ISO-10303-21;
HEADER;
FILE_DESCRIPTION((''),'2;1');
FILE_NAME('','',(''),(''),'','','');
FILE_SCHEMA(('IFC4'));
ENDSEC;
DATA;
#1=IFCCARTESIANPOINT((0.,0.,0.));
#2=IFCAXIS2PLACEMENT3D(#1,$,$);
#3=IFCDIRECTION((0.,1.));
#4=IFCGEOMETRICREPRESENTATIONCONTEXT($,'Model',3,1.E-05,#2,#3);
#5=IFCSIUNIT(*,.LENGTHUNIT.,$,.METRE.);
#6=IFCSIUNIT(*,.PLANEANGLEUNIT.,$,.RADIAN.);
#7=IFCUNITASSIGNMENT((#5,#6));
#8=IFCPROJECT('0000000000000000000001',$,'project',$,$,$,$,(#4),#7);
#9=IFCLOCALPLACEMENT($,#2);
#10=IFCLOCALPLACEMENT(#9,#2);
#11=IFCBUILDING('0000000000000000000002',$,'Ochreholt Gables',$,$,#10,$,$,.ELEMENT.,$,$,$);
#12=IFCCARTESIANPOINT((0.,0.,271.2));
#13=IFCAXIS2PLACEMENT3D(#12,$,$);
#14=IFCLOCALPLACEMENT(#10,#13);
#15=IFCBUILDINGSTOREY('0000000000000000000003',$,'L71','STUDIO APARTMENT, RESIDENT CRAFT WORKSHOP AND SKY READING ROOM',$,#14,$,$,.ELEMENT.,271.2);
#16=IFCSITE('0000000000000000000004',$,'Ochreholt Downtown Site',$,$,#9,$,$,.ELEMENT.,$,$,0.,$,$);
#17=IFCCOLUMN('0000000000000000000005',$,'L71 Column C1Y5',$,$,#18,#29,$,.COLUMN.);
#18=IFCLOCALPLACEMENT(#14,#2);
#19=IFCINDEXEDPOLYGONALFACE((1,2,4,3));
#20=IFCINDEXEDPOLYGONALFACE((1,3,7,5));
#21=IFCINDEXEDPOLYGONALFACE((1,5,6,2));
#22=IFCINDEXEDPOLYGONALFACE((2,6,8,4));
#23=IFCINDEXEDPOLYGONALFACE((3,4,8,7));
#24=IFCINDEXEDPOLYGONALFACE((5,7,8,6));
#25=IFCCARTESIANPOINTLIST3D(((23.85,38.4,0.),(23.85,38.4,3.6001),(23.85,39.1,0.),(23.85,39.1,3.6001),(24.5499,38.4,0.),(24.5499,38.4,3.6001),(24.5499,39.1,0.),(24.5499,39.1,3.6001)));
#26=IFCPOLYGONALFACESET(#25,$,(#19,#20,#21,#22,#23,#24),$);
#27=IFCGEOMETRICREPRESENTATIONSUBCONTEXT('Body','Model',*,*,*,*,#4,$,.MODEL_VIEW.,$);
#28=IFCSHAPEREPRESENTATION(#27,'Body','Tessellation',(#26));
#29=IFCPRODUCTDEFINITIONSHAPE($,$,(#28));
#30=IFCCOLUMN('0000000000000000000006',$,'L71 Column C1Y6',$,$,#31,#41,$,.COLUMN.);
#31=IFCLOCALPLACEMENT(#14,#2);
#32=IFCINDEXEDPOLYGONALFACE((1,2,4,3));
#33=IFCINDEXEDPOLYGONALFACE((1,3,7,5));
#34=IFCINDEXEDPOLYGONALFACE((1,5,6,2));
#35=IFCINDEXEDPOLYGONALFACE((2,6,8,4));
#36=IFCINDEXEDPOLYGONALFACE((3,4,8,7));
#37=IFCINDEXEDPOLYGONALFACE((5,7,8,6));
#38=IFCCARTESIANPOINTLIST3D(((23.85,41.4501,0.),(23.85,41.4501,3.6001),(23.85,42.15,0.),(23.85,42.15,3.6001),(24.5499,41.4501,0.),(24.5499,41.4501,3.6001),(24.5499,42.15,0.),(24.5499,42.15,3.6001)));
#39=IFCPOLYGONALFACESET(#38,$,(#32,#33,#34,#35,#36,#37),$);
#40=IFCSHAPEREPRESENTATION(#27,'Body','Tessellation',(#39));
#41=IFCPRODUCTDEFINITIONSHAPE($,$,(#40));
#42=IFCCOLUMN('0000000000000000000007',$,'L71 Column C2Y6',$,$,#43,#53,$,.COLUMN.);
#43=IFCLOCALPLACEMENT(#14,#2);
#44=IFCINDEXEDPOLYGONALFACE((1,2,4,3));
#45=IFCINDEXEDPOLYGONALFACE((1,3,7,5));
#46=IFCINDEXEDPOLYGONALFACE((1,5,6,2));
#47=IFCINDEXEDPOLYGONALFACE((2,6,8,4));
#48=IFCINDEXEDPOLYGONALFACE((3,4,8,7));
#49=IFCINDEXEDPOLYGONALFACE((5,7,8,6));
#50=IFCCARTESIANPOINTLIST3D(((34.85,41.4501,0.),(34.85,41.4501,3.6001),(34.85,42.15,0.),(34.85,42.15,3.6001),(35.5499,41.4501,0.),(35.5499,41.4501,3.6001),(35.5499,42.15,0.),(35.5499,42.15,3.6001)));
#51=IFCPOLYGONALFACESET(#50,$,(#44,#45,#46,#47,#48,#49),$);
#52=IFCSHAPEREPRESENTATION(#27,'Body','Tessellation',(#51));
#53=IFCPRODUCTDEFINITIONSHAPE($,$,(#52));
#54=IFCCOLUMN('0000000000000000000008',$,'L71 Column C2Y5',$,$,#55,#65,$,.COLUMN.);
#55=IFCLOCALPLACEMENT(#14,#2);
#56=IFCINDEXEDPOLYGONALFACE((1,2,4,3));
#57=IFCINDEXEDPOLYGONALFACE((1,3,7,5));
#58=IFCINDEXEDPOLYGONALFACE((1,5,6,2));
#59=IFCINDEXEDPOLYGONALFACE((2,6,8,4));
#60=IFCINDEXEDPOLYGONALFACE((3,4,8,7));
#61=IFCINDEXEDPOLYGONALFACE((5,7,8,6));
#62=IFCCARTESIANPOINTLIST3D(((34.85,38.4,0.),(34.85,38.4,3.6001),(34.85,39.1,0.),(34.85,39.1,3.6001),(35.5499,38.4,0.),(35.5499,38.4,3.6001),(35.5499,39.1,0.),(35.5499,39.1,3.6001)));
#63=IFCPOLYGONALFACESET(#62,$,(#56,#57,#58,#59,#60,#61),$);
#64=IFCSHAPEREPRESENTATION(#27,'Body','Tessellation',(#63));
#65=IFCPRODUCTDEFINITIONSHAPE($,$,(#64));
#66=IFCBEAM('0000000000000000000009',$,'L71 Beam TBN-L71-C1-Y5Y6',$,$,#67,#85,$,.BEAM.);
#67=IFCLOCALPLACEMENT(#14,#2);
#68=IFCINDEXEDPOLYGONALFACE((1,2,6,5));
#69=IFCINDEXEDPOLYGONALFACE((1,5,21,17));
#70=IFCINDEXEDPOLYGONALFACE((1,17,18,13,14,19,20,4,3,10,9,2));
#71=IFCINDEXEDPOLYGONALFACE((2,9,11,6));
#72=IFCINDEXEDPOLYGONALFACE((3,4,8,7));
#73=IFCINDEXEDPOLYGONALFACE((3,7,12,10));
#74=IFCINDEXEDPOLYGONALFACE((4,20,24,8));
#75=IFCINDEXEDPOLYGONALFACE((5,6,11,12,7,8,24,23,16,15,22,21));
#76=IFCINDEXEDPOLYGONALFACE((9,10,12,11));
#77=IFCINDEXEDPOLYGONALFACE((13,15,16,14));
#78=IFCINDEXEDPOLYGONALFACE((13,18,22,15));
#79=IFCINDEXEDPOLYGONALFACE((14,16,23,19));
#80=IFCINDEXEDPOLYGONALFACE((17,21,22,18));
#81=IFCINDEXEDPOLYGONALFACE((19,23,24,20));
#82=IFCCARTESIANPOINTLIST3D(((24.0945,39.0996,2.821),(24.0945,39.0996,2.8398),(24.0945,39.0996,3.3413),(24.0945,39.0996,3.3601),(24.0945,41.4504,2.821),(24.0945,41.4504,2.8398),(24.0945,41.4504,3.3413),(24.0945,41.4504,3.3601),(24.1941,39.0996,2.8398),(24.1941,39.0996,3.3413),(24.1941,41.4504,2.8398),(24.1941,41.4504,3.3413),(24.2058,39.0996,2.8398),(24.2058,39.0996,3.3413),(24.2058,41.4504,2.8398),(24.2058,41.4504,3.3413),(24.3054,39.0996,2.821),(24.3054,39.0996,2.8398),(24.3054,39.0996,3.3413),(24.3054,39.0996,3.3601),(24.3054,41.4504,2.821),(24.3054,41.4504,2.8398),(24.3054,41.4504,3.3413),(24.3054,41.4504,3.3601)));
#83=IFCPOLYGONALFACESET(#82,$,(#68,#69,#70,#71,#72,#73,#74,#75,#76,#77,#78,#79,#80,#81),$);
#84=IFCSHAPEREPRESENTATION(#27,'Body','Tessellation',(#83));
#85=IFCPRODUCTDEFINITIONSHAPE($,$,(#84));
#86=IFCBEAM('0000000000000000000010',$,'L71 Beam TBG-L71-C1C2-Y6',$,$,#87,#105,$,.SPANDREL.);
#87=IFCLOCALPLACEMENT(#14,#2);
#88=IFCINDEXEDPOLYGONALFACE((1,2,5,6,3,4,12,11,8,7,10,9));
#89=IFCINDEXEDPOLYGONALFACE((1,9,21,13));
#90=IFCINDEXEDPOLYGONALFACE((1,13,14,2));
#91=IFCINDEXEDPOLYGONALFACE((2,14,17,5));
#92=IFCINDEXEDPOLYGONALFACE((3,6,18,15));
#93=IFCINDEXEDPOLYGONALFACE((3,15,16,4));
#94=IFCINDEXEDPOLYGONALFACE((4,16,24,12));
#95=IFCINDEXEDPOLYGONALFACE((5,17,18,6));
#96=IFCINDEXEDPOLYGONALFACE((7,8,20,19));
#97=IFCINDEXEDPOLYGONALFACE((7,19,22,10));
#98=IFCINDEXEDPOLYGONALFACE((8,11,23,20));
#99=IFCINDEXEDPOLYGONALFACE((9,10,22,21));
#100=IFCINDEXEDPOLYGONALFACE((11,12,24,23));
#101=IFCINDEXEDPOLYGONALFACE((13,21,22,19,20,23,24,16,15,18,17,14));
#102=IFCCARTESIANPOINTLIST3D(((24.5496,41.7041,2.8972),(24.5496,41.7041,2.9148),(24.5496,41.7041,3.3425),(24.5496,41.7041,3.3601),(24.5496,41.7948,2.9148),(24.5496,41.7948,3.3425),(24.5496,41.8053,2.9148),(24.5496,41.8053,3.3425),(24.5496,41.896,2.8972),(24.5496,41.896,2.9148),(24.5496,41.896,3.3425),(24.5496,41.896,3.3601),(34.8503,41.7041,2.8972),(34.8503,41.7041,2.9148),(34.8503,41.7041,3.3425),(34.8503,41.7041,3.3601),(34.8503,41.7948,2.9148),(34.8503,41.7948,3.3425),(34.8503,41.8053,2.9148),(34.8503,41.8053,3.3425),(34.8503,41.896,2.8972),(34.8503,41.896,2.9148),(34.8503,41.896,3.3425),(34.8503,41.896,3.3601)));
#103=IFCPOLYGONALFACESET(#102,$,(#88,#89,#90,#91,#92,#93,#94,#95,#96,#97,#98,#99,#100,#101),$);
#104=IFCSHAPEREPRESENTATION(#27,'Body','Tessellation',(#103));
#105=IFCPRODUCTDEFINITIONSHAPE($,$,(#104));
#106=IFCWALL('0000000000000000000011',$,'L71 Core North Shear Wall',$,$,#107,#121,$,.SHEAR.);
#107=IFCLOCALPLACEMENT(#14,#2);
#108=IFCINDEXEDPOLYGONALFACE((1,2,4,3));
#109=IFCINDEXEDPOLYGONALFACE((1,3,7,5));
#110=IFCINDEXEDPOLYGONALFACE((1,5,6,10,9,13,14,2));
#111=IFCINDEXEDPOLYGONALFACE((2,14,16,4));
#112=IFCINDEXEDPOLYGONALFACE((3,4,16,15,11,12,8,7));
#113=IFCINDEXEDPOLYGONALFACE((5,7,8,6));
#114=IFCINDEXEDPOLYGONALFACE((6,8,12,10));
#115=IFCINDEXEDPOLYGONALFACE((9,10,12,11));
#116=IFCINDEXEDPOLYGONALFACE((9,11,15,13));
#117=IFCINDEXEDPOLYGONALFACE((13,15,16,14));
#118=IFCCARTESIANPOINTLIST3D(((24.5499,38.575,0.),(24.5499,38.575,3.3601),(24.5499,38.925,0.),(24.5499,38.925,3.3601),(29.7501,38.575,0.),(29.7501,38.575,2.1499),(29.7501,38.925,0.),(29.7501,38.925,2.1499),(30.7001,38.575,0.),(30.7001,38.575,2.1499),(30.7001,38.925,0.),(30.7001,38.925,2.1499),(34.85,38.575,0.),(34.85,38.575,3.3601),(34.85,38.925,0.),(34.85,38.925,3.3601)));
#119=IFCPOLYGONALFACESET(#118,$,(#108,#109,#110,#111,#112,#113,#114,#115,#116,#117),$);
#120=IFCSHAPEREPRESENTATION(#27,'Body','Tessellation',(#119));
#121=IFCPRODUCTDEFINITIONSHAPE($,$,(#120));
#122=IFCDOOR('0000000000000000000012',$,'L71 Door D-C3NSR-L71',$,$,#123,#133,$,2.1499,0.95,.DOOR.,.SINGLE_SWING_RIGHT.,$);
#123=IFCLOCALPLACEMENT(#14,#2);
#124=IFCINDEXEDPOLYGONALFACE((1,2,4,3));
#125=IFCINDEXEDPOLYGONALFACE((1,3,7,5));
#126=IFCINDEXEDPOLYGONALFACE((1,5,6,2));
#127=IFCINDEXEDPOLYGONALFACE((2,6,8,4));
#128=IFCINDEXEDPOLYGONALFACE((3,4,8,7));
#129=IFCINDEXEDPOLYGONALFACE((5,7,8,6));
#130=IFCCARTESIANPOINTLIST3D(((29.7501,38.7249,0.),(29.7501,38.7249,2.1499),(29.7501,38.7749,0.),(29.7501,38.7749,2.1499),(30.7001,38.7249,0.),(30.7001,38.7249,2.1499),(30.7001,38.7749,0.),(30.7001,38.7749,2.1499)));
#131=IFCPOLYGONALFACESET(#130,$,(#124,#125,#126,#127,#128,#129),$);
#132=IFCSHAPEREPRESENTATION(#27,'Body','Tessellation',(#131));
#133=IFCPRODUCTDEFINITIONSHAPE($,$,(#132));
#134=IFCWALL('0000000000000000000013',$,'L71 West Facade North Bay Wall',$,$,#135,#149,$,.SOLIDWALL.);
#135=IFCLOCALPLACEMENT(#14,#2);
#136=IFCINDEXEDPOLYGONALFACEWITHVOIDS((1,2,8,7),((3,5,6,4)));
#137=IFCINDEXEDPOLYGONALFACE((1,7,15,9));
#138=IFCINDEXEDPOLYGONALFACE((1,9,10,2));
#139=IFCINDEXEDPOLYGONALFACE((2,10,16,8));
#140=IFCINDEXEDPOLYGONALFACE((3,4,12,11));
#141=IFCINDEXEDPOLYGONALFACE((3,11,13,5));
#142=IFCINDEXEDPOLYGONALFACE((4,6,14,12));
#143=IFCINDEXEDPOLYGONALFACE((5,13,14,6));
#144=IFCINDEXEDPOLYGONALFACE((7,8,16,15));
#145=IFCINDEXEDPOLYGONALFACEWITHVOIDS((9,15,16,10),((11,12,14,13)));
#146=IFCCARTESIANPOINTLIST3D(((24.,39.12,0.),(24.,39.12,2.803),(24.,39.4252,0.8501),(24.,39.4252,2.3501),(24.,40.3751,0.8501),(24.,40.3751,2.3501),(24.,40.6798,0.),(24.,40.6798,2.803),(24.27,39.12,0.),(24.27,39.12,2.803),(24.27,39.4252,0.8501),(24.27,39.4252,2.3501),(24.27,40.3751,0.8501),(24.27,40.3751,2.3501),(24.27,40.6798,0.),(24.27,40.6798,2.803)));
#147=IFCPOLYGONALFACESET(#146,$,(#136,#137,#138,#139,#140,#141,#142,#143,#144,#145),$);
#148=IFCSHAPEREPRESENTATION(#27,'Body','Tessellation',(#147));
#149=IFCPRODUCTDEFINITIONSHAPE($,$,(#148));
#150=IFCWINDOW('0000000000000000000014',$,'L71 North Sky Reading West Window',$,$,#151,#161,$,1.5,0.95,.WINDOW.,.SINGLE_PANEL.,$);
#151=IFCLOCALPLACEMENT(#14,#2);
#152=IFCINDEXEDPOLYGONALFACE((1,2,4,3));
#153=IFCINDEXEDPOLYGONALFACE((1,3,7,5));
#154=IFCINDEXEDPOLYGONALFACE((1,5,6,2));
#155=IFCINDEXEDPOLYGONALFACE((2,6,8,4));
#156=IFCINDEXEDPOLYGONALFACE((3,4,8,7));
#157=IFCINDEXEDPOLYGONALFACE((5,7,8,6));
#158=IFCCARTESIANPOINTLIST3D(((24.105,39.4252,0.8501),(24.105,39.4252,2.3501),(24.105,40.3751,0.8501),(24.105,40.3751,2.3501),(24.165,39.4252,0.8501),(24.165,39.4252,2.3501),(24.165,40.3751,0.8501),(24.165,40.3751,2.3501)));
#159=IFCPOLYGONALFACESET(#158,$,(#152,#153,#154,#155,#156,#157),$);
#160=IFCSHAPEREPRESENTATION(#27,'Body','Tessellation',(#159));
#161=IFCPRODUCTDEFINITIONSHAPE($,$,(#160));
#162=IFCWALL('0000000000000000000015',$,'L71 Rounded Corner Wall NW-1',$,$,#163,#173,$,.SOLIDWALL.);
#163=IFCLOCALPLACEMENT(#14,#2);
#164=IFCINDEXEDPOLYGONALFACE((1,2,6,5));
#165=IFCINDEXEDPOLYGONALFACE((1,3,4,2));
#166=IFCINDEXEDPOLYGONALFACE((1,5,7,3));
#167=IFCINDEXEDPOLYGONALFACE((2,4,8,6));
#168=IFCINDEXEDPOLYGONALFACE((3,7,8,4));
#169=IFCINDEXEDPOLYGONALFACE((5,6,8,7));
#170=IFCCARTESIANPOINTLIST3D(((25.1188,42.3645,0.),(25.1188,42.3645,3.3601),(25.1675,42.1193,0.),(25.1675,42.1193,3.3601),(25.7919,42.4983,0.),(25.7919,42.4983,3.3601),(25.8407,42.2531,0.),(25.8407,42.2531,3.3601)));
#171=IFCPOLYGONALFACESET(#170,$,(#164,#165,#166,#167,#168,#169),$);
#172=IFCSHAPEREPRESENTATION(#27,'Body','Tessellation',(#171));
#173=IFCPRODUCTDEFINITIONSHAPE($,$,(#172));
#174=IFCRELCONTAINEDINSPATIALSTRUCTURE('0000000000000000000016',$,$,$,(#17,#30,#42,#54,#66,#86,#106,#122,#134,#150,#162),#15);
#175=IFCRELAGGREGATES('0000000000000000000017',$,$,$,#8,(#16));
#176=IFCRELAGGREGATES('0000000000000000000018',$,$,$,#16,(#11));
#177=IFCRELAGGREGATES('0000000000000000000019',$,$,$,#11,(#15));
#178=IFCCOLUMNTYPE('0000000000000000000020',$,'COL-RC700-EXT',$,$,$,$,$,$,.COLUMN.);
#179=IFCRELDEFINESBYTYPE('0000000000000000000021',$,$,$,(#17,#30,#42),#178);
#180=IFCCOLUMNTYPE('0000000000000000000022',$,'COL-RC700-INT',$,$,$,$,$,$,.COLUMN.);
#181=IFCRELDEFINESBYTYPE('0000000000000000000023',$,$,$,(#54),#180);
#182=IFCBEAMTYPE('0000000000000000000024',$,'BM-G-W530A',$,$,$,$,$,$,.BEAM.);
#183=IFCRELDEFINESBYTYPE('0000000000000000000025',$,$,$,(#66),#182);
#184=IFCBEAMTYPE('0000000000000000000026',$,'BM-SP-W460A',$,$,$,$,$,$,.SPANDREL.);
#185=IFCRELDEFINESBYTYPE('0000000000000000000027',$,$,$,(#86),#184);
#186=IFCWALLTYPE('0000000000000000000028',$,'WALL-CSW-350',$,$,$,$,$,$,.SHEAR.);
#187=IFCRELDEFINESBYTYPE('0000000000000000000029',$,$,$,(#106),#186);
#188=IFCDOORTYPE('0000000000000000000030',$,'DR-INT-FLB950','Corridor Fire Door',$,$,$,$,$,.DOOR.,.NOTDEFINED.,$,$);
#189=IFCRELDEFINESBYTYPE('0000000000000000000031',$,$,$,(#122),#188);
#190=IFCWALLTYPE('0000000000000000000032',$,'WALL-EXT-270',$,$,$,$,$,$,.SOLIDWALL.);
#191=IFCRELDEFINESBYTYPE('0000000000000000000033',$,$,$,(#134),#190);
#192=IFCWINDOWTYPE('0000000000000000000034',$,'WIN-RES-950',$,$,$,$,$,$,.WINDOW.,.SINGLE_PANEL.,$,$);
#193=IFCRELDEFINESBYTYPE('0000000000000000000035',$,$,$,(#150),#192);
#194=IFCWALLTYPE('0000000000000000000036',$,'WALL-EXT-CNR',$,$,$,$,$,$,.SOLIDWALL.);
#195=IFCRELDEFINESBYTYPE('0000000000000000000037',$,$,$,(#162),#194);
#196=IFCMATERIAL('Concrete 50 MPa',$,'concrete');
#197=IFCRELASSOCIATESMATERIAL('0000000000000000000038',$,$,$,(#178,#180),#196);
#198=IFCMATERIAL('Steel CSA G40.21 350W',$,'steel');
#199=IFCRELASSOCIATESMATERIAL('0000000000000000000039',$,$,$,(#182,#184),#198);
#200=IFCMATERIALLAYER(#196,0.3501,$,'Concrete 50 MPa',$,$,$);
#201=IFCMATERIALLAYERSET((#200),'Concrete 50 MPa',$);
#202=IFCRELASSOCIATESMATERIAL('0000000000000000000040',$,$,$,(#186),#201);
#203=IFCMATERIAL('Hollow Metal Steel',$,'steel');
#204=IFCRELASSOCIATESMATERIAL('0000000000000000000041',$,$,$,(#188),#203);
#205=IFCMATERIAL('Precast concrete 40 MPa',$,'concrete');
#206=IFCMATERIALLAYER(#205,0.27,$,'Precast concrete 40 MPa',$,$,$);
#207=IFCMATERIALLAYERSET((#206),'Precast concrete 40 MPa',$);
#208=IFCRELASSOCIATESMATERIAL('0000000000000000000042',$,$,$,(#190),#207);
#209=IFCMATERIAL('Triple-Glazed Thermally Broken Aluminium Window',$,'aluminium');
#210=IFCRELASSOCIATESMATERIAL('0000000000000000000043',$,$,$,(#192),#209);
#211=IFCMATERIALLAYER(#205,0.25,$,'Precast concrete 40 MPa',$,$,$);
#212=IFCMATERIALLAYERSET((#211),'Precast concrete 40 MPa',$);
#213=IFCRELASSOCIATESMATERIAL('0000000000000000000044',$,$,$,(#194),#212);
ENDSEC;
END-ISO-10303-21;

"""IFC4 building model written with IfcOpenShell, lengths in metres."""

from ifc_helpers import new_model, si_unit, direction, frame, frame_2d, origin, origin_2d, place, context, subcontext, project, spatial, rectangle, i_section, extrude, material, layer, layer_set, material_profile, profile_set, type_object, element, fill, save


model = new_model("IFC4")

# Units and contexts
model_context = context("Model", 3, precision=1e-05, world=origin(), true_north=direction((0.0, 1.0)))
body_context = subcontext(model_context, "Body", "Model", "MODEL_VIEW")
ifc_project = project(units=[si_unit("LENGTHUNIT", "METRE"), si_unit("PLANEANGLEUNIT", "RADIAN")], contexts=[model_context])

# Site, building, storey
site_placement = place(None, origin())
site = spatial("IfcSite", under=ifc_project, at=site_placement, Name="Ochreholt Downtown Site", CompositionType="ELEMENT", RefElevation=0.0)
building_placement = place(site_placement, origin())
building = spatial("IfcBuilding", under=site, at=building_placement, Name="Ochreholt Gables", CompositionType="ELEMENT")
storey_placement = place(building_placement, frame((0.0, 0.0, 271.2)))
storey = spatial("IfcBuildingStorey", under=building, at=storey_placement, Name="L71", Description="STUDIO APARTMENT, RESIDENT CRAFT WORKSHOP AND SKY READING ROOM", CompositionType="ELEMENT", Elevation=271.2)

# Columns
ifc_material_1 = material(Name="Concrete 50 MPa", Category="concrete")
ifc_material_profile_1 = material_profile(ifc_material_1, rectangle(XDim=0.7, YDim=0.7, at=origin_2d()), Name="RC700X700")
ifc_profile_set_1 = profile_set([ifc_material_profile_1], Name="Concrete 50 MPa")
column_type_1 = type_object("IfcColumnType", Name="COL-RC700-EXT", PredefinedType="COLUMN", material=ifc_profile_set_1)
for number, where, z_axis, x_axis, name in (
    (1, (24.2, 38.75, 0.0), (0.0, 0.0, 1.0), (1.0, 0.0, 0.0), "L71 Column C1Y5"),
    (2, (24.2, 41.8, 0.0), (0.0, 0.0, 1.0), (1.0, 0.0, 0.0), "L71 Column C1Y6"),
    (3, (35.2, 41.8, 0.0), (0.0, 0.0, 1.0), (1.0, 0.0, 0.0), "L71 Column C2Y6"),
):
    element("IfcColumn", number, at=place(storey_placement, frame(where, z_axis=z_axis, x_axis=x_axis)), inside=storey, type_object=column_type_1, Name=name, PredefinedType="COLUMN", context=body_context, shape_type="SweptSolid", body=[
        extrude(rectangle(XDim=0.7, YDim=0.7, at=origin_2d()), origin(), (0.0, 0.0, 1.0), 3.6001),
    ])
ifc_material_profile_2 = material_profile(ifc_material_1, rectangle(XDim=0.7, YDim=0.7, at=origin_2d()), Name="RC700X700")
ifc_profile_set_2 = profile_set([ifc_material_profile_2], Name="Concrete 50 MPa")
column_type_2 = type_object("IfcColumnType", Name="COL-RC700-INT", PredefinedType="COLUMN", material=ifc_profile_set_2)
column_placement = place(storey_placement, frame((35.2, 38.75, 0.0), z_axis=(0.0, 0.0, 1.0), x_axis=(1.0, 0.0, 0.0)))
element("IfcColumn", 4, at=column_placement, inside=storey, type_object=column_type_2, Name="L71 Column C2Y5", PredefinedType="COLUMN", context=body_context, shape_type="SweptSolid", body=[
    extrude(rectangle(XDim=0.7, YDim=0.7, at=origin_2d()), origin(), (0.0, 0.0, 1.0), 3.6001),
])

# Beams
ifc_material_2 = material(Name="Steel CSA G40.21 350W", Category="steel")
ifc_material_profile_3 = material_profile(ifc_material_2, i_section(OverallWidth=0.2109, OverallDepth=0.5391, WebThickness=0.0117, FlangeThickness=0.0188, at=origin_2d()), Name="W530X109")
ifc_profile_set_3 = profile_set([ifc_material_profile_3], Name="Steel CSA G40.21 350W")
beam_type_1 = type_object("IfcBeamType", Name="BM-G-W530A", PredefinedType="BEAM", material=ifc_profile_set_3)
beam_1_placement = place(storey_placement, frame((24.2, 39.0996, 3.0906), z_axis=(0.0, 1.0, 0.0), x_axis=(-1.0, 0.0, 0.0)))
element("IfcBeam", 5, at=beam_1_placement, inside=storey, type_object=beam_type_1, Name="L71 Beam TBN-L71-C1-Y5Y6", PredefinedType="BEAM", context=body_context, shape_type="SweptSolid", body=[
    extrude(i_section(OverallWidth=0.2109, OverallDepth=0.5391, WebThickness=0.0117, FlangeThickness=0.0188, at=origin_2d()), origin(), (0.0, 0.0, 1.0), 2.3508),
])
ifc_material_profile_4 = material_profile(ifc_material_2, i_section(OverallWidth=0.1919, OverallDepth=0.4629, WebThickness=0.0105, FlangeThickness=0.0176, at=origin_2d()), Name="W460X89")
ifc_profile_set_4 = profile_set([ifc_material_profile_4], Name="Steel CSA G40.21 350W")
beam_type_2 = type_object("IfcBeamType", Name="BM-SP-W460A", PredefinedType="SPANDREL", material=ifc_profile_set_4)
beam_2_placement = place(storey_placement, frame((24.5496, 41.8, 3.1287), z_axis=(1.0, 0.0, 0.0), x_axis=(0.0, 1.0, 0.0)))
element("IfcBeam", 6, at=beam_2_placement, inside=storey, type_object=beam_type_2, Name="L71 Beam TBG-L71-C1C2-Y6", PredefinedType="SPANDREL", context=body_context, shape_type="SweptSolid", body=[
    extrude(i_section(OverallWidth=0.1919, OverallDepth=0.4629, WebThickness=0.0105, FlangeThickness=0.0176, at=origin_2d()), origin(), (0.0, 0.0, 1.0), 10.3008),
])

# Wall, opening, door
ifc_layer_1 = layer(ifc_material_1, 0.3501, Name="Concrete 50 MPa")
ifc_layer_set_1 = layer_set([ifc_layer_1], Name="Concrete 50 MPa")
wall_type_1 = type_object("IfcWallType", Name="WALL-CSW-350", PredefinedType="SHEAR", material=ifc_layer_set_1)
wall_1_placement = place(storey_placement, frame((24.55, 38.75, 0.0), z_axis=(0.0, 0.0, 1.0), x_axis=(1.0, 0.0, 0.0)))
wall_1 = element("IfcWall", 7, at=wall_1_placement, inside=storey, type_object=wall_type_1, Name="L71 Core North Shear Wall", PredefinedType="SHEAR", context=body_context, shape_type="SweptSolid", body=[
    extrude(rectangle(XDim=10.3, YDim=0.3501, at=frame_2d((5.1499, 0.0))), origin(), (0.0, 0.0, 1.0), 3.3601),
])
opening_1_placement = place(wall_1_placement, frame((5.2, 0.0, 0.0)))
opening_1 = element("IfcOpeningElement", 8, at=opening_1_placement, cuts=wall_1, PredefinedType="OPENING", context=body_context, shape_type="SweptSolid", body=[
    extrude(rectangle(XDim=0.95, YDim=2.1499, at=frame_2d((0.4751, 1.075))), frame((0.0, 0.1851, 0.0), z_axis=(0.0, -1.0, 0.0), x_axis=(1.0, 0.0, 0.0)), (0.0, 0.0, 1.0), 0.3701),
])
ifc_material_3 = material(Name="Hollow Metal Steel", Category="steel")
door_type_1 = type_object("IfcDoorType", Name="DR-INT-FLB950", Description="Corridor Fire Door", OperationType="NOTDEFINED", PredefinedType="DOOR", material=ifc_material_3)
door_1_placement = place(opening_1_placement, origin())
door_1 = element("IfcDoor", 9, at=door_1_placement, inside=storey, type_object=door_type_1, Name="L71 Door D-C3NSR-L71", OperationType="SINGLE_SWING_RIGHT", OverallHeight=2.1499, OverallWidth=0.95, PredefinedType="DOOR", context=body_context, shape_type="SweptSolid", body=[
    extrude(rectangle(XDim=0.95, YDim=2.1499, at=frame_2d((0.4751, 1.075))), frame((0.0, 0.0249, 0.0), z_axis=(0.0, -1.0, 0.0), x_axis=(1.0, 0.0, 0.0)), (0.0, 0.0, 1.0), 0.05),
])
fill(opening_1, door_1)

# Wall, opening, window
ifc_material_4 = material(Name="Precast concrete 40 MPa", Category="concrete")
ifc_layer_2 = layer(ifc_material_4, 0.27, Name="Precast concrete 40 MPa")
ifc_layer_set_2 = layer_set([ifc_layer_2], Name="Precast concrete 40 MPa")
wall_type_2 = type_object("IfcWallType", Name="WALL-EXT-270", PredefinedType="SOLIDWALL", material=ifc_layer_set_2)
wall_2_placement = place(storey_placement, frame((24.135, 39.1201, 0.0), z_axis=(0.0, 0.0, 1.0), x_axis=(0.0, 1.0, 0.0)))
wall_2 = element("IfcWall", 10, at=wall_2_placement, inside=storey, type_object=wall_type_2, Name="L71 West Facade North Bay Wall", PredefinedType="SOLIDWALL", context=body_context, shape_type="SweptSolid", body=[
    extrude(rectangle(XDim=1.5598, YDim=0.27, at=frame_2d((0.7798, 0.0))), origin(), (0.0, 0.0, 1.0), 2.803),
])
opening_2_placement = place(wall_2_placement, frame((0.3049, 0.0, 0.8501)))
opening_2 = element("IfcOpeningElement", 11, at=opening_2_placement, cuts=wall_2, PredefinedType="OPENING", context=body_context, shape_type="SweptSolid", body=[
    extrude(rectangle(XDim=0.95, YDim=1.5, at=frame_2d((0.4751, 0.75))), frame((0.0, 0.145, 0.0), z_axis=(0.0, -1.0, 0.0), x_axis=(1.0, 0.0, 0.0)), (0.0, 0.0, 1.0), 0.29),
])
ifc_material_5 = material(Name="Triple-Glazed Thermally Broken Aluminium Window", Category="aluminium")
window_type = type_object("IfcWindowType", Name="WIN-RES-950", PartitioningType="SINGLE_PANEL", PredefinedType="WINDOW", material=ifc_material_5)
window_placement = place(opening_2_placement, origin())
window = element("IfcWindow", 12, at=window_placement, inside=storey, type_object=window_type, Name="L71 North Sky Reading West Window", OverallHeight=1.5, OverallWidth=0.95, PartitioningType="SINGLE_PANEL", PredefinedType="WINDOW", context=body_context, shape_type="SweptSolid", body=[
    extrude(rectangle(XDim=0.95, YDim=1.5, at=frame_2d((0.4751, 0.75))), frame((0.0, 0.03, 0.0), z_axis=(0.0, -1.0, 0.0), x_axis=(1.0, 0.0, 0.0)), (0.0, 0.0, 1.0), 0.0601),
])
fill(opening_2, window)

# Wall
ifc_layer_3 = layer(ifc_material_4, 0.25, Name="Precast concrete 40 MPa")
ifc_layer_set_3 = layer_set([ifc_layer_3], Name="Precast concrete 40 MPa")
wall_type_3 = type_object("IfcWallType", Name="WALL-EXT-CNR", PredefinedType="SOLIDWALL", material=ifc_layer_set_3)
wall_3_placement = place(storey_placement, frame((25.8164, 42.3757, 0.0), z_axis=(0.0, 0.0, 1.0), x_axis=(-0.980813, -0.194953, 0.0)))
element("IfcWall", 13, at=wall_3_placement, inside=storey, type_object=wall_type_3, Name="L71 Rounded Corner Wall NW-1", PredefinedType="SOLIDWALL", context=body_context, shape_type="SweptSolid", body=[
    extrude(rectangle(XDim=0.6863, YDim=0.25, at=frame_2d((0.3433, 0.0))), origin(), (0.0, 0.0, 1.0), 3.3601),
])

save(model, "model.ifc")
